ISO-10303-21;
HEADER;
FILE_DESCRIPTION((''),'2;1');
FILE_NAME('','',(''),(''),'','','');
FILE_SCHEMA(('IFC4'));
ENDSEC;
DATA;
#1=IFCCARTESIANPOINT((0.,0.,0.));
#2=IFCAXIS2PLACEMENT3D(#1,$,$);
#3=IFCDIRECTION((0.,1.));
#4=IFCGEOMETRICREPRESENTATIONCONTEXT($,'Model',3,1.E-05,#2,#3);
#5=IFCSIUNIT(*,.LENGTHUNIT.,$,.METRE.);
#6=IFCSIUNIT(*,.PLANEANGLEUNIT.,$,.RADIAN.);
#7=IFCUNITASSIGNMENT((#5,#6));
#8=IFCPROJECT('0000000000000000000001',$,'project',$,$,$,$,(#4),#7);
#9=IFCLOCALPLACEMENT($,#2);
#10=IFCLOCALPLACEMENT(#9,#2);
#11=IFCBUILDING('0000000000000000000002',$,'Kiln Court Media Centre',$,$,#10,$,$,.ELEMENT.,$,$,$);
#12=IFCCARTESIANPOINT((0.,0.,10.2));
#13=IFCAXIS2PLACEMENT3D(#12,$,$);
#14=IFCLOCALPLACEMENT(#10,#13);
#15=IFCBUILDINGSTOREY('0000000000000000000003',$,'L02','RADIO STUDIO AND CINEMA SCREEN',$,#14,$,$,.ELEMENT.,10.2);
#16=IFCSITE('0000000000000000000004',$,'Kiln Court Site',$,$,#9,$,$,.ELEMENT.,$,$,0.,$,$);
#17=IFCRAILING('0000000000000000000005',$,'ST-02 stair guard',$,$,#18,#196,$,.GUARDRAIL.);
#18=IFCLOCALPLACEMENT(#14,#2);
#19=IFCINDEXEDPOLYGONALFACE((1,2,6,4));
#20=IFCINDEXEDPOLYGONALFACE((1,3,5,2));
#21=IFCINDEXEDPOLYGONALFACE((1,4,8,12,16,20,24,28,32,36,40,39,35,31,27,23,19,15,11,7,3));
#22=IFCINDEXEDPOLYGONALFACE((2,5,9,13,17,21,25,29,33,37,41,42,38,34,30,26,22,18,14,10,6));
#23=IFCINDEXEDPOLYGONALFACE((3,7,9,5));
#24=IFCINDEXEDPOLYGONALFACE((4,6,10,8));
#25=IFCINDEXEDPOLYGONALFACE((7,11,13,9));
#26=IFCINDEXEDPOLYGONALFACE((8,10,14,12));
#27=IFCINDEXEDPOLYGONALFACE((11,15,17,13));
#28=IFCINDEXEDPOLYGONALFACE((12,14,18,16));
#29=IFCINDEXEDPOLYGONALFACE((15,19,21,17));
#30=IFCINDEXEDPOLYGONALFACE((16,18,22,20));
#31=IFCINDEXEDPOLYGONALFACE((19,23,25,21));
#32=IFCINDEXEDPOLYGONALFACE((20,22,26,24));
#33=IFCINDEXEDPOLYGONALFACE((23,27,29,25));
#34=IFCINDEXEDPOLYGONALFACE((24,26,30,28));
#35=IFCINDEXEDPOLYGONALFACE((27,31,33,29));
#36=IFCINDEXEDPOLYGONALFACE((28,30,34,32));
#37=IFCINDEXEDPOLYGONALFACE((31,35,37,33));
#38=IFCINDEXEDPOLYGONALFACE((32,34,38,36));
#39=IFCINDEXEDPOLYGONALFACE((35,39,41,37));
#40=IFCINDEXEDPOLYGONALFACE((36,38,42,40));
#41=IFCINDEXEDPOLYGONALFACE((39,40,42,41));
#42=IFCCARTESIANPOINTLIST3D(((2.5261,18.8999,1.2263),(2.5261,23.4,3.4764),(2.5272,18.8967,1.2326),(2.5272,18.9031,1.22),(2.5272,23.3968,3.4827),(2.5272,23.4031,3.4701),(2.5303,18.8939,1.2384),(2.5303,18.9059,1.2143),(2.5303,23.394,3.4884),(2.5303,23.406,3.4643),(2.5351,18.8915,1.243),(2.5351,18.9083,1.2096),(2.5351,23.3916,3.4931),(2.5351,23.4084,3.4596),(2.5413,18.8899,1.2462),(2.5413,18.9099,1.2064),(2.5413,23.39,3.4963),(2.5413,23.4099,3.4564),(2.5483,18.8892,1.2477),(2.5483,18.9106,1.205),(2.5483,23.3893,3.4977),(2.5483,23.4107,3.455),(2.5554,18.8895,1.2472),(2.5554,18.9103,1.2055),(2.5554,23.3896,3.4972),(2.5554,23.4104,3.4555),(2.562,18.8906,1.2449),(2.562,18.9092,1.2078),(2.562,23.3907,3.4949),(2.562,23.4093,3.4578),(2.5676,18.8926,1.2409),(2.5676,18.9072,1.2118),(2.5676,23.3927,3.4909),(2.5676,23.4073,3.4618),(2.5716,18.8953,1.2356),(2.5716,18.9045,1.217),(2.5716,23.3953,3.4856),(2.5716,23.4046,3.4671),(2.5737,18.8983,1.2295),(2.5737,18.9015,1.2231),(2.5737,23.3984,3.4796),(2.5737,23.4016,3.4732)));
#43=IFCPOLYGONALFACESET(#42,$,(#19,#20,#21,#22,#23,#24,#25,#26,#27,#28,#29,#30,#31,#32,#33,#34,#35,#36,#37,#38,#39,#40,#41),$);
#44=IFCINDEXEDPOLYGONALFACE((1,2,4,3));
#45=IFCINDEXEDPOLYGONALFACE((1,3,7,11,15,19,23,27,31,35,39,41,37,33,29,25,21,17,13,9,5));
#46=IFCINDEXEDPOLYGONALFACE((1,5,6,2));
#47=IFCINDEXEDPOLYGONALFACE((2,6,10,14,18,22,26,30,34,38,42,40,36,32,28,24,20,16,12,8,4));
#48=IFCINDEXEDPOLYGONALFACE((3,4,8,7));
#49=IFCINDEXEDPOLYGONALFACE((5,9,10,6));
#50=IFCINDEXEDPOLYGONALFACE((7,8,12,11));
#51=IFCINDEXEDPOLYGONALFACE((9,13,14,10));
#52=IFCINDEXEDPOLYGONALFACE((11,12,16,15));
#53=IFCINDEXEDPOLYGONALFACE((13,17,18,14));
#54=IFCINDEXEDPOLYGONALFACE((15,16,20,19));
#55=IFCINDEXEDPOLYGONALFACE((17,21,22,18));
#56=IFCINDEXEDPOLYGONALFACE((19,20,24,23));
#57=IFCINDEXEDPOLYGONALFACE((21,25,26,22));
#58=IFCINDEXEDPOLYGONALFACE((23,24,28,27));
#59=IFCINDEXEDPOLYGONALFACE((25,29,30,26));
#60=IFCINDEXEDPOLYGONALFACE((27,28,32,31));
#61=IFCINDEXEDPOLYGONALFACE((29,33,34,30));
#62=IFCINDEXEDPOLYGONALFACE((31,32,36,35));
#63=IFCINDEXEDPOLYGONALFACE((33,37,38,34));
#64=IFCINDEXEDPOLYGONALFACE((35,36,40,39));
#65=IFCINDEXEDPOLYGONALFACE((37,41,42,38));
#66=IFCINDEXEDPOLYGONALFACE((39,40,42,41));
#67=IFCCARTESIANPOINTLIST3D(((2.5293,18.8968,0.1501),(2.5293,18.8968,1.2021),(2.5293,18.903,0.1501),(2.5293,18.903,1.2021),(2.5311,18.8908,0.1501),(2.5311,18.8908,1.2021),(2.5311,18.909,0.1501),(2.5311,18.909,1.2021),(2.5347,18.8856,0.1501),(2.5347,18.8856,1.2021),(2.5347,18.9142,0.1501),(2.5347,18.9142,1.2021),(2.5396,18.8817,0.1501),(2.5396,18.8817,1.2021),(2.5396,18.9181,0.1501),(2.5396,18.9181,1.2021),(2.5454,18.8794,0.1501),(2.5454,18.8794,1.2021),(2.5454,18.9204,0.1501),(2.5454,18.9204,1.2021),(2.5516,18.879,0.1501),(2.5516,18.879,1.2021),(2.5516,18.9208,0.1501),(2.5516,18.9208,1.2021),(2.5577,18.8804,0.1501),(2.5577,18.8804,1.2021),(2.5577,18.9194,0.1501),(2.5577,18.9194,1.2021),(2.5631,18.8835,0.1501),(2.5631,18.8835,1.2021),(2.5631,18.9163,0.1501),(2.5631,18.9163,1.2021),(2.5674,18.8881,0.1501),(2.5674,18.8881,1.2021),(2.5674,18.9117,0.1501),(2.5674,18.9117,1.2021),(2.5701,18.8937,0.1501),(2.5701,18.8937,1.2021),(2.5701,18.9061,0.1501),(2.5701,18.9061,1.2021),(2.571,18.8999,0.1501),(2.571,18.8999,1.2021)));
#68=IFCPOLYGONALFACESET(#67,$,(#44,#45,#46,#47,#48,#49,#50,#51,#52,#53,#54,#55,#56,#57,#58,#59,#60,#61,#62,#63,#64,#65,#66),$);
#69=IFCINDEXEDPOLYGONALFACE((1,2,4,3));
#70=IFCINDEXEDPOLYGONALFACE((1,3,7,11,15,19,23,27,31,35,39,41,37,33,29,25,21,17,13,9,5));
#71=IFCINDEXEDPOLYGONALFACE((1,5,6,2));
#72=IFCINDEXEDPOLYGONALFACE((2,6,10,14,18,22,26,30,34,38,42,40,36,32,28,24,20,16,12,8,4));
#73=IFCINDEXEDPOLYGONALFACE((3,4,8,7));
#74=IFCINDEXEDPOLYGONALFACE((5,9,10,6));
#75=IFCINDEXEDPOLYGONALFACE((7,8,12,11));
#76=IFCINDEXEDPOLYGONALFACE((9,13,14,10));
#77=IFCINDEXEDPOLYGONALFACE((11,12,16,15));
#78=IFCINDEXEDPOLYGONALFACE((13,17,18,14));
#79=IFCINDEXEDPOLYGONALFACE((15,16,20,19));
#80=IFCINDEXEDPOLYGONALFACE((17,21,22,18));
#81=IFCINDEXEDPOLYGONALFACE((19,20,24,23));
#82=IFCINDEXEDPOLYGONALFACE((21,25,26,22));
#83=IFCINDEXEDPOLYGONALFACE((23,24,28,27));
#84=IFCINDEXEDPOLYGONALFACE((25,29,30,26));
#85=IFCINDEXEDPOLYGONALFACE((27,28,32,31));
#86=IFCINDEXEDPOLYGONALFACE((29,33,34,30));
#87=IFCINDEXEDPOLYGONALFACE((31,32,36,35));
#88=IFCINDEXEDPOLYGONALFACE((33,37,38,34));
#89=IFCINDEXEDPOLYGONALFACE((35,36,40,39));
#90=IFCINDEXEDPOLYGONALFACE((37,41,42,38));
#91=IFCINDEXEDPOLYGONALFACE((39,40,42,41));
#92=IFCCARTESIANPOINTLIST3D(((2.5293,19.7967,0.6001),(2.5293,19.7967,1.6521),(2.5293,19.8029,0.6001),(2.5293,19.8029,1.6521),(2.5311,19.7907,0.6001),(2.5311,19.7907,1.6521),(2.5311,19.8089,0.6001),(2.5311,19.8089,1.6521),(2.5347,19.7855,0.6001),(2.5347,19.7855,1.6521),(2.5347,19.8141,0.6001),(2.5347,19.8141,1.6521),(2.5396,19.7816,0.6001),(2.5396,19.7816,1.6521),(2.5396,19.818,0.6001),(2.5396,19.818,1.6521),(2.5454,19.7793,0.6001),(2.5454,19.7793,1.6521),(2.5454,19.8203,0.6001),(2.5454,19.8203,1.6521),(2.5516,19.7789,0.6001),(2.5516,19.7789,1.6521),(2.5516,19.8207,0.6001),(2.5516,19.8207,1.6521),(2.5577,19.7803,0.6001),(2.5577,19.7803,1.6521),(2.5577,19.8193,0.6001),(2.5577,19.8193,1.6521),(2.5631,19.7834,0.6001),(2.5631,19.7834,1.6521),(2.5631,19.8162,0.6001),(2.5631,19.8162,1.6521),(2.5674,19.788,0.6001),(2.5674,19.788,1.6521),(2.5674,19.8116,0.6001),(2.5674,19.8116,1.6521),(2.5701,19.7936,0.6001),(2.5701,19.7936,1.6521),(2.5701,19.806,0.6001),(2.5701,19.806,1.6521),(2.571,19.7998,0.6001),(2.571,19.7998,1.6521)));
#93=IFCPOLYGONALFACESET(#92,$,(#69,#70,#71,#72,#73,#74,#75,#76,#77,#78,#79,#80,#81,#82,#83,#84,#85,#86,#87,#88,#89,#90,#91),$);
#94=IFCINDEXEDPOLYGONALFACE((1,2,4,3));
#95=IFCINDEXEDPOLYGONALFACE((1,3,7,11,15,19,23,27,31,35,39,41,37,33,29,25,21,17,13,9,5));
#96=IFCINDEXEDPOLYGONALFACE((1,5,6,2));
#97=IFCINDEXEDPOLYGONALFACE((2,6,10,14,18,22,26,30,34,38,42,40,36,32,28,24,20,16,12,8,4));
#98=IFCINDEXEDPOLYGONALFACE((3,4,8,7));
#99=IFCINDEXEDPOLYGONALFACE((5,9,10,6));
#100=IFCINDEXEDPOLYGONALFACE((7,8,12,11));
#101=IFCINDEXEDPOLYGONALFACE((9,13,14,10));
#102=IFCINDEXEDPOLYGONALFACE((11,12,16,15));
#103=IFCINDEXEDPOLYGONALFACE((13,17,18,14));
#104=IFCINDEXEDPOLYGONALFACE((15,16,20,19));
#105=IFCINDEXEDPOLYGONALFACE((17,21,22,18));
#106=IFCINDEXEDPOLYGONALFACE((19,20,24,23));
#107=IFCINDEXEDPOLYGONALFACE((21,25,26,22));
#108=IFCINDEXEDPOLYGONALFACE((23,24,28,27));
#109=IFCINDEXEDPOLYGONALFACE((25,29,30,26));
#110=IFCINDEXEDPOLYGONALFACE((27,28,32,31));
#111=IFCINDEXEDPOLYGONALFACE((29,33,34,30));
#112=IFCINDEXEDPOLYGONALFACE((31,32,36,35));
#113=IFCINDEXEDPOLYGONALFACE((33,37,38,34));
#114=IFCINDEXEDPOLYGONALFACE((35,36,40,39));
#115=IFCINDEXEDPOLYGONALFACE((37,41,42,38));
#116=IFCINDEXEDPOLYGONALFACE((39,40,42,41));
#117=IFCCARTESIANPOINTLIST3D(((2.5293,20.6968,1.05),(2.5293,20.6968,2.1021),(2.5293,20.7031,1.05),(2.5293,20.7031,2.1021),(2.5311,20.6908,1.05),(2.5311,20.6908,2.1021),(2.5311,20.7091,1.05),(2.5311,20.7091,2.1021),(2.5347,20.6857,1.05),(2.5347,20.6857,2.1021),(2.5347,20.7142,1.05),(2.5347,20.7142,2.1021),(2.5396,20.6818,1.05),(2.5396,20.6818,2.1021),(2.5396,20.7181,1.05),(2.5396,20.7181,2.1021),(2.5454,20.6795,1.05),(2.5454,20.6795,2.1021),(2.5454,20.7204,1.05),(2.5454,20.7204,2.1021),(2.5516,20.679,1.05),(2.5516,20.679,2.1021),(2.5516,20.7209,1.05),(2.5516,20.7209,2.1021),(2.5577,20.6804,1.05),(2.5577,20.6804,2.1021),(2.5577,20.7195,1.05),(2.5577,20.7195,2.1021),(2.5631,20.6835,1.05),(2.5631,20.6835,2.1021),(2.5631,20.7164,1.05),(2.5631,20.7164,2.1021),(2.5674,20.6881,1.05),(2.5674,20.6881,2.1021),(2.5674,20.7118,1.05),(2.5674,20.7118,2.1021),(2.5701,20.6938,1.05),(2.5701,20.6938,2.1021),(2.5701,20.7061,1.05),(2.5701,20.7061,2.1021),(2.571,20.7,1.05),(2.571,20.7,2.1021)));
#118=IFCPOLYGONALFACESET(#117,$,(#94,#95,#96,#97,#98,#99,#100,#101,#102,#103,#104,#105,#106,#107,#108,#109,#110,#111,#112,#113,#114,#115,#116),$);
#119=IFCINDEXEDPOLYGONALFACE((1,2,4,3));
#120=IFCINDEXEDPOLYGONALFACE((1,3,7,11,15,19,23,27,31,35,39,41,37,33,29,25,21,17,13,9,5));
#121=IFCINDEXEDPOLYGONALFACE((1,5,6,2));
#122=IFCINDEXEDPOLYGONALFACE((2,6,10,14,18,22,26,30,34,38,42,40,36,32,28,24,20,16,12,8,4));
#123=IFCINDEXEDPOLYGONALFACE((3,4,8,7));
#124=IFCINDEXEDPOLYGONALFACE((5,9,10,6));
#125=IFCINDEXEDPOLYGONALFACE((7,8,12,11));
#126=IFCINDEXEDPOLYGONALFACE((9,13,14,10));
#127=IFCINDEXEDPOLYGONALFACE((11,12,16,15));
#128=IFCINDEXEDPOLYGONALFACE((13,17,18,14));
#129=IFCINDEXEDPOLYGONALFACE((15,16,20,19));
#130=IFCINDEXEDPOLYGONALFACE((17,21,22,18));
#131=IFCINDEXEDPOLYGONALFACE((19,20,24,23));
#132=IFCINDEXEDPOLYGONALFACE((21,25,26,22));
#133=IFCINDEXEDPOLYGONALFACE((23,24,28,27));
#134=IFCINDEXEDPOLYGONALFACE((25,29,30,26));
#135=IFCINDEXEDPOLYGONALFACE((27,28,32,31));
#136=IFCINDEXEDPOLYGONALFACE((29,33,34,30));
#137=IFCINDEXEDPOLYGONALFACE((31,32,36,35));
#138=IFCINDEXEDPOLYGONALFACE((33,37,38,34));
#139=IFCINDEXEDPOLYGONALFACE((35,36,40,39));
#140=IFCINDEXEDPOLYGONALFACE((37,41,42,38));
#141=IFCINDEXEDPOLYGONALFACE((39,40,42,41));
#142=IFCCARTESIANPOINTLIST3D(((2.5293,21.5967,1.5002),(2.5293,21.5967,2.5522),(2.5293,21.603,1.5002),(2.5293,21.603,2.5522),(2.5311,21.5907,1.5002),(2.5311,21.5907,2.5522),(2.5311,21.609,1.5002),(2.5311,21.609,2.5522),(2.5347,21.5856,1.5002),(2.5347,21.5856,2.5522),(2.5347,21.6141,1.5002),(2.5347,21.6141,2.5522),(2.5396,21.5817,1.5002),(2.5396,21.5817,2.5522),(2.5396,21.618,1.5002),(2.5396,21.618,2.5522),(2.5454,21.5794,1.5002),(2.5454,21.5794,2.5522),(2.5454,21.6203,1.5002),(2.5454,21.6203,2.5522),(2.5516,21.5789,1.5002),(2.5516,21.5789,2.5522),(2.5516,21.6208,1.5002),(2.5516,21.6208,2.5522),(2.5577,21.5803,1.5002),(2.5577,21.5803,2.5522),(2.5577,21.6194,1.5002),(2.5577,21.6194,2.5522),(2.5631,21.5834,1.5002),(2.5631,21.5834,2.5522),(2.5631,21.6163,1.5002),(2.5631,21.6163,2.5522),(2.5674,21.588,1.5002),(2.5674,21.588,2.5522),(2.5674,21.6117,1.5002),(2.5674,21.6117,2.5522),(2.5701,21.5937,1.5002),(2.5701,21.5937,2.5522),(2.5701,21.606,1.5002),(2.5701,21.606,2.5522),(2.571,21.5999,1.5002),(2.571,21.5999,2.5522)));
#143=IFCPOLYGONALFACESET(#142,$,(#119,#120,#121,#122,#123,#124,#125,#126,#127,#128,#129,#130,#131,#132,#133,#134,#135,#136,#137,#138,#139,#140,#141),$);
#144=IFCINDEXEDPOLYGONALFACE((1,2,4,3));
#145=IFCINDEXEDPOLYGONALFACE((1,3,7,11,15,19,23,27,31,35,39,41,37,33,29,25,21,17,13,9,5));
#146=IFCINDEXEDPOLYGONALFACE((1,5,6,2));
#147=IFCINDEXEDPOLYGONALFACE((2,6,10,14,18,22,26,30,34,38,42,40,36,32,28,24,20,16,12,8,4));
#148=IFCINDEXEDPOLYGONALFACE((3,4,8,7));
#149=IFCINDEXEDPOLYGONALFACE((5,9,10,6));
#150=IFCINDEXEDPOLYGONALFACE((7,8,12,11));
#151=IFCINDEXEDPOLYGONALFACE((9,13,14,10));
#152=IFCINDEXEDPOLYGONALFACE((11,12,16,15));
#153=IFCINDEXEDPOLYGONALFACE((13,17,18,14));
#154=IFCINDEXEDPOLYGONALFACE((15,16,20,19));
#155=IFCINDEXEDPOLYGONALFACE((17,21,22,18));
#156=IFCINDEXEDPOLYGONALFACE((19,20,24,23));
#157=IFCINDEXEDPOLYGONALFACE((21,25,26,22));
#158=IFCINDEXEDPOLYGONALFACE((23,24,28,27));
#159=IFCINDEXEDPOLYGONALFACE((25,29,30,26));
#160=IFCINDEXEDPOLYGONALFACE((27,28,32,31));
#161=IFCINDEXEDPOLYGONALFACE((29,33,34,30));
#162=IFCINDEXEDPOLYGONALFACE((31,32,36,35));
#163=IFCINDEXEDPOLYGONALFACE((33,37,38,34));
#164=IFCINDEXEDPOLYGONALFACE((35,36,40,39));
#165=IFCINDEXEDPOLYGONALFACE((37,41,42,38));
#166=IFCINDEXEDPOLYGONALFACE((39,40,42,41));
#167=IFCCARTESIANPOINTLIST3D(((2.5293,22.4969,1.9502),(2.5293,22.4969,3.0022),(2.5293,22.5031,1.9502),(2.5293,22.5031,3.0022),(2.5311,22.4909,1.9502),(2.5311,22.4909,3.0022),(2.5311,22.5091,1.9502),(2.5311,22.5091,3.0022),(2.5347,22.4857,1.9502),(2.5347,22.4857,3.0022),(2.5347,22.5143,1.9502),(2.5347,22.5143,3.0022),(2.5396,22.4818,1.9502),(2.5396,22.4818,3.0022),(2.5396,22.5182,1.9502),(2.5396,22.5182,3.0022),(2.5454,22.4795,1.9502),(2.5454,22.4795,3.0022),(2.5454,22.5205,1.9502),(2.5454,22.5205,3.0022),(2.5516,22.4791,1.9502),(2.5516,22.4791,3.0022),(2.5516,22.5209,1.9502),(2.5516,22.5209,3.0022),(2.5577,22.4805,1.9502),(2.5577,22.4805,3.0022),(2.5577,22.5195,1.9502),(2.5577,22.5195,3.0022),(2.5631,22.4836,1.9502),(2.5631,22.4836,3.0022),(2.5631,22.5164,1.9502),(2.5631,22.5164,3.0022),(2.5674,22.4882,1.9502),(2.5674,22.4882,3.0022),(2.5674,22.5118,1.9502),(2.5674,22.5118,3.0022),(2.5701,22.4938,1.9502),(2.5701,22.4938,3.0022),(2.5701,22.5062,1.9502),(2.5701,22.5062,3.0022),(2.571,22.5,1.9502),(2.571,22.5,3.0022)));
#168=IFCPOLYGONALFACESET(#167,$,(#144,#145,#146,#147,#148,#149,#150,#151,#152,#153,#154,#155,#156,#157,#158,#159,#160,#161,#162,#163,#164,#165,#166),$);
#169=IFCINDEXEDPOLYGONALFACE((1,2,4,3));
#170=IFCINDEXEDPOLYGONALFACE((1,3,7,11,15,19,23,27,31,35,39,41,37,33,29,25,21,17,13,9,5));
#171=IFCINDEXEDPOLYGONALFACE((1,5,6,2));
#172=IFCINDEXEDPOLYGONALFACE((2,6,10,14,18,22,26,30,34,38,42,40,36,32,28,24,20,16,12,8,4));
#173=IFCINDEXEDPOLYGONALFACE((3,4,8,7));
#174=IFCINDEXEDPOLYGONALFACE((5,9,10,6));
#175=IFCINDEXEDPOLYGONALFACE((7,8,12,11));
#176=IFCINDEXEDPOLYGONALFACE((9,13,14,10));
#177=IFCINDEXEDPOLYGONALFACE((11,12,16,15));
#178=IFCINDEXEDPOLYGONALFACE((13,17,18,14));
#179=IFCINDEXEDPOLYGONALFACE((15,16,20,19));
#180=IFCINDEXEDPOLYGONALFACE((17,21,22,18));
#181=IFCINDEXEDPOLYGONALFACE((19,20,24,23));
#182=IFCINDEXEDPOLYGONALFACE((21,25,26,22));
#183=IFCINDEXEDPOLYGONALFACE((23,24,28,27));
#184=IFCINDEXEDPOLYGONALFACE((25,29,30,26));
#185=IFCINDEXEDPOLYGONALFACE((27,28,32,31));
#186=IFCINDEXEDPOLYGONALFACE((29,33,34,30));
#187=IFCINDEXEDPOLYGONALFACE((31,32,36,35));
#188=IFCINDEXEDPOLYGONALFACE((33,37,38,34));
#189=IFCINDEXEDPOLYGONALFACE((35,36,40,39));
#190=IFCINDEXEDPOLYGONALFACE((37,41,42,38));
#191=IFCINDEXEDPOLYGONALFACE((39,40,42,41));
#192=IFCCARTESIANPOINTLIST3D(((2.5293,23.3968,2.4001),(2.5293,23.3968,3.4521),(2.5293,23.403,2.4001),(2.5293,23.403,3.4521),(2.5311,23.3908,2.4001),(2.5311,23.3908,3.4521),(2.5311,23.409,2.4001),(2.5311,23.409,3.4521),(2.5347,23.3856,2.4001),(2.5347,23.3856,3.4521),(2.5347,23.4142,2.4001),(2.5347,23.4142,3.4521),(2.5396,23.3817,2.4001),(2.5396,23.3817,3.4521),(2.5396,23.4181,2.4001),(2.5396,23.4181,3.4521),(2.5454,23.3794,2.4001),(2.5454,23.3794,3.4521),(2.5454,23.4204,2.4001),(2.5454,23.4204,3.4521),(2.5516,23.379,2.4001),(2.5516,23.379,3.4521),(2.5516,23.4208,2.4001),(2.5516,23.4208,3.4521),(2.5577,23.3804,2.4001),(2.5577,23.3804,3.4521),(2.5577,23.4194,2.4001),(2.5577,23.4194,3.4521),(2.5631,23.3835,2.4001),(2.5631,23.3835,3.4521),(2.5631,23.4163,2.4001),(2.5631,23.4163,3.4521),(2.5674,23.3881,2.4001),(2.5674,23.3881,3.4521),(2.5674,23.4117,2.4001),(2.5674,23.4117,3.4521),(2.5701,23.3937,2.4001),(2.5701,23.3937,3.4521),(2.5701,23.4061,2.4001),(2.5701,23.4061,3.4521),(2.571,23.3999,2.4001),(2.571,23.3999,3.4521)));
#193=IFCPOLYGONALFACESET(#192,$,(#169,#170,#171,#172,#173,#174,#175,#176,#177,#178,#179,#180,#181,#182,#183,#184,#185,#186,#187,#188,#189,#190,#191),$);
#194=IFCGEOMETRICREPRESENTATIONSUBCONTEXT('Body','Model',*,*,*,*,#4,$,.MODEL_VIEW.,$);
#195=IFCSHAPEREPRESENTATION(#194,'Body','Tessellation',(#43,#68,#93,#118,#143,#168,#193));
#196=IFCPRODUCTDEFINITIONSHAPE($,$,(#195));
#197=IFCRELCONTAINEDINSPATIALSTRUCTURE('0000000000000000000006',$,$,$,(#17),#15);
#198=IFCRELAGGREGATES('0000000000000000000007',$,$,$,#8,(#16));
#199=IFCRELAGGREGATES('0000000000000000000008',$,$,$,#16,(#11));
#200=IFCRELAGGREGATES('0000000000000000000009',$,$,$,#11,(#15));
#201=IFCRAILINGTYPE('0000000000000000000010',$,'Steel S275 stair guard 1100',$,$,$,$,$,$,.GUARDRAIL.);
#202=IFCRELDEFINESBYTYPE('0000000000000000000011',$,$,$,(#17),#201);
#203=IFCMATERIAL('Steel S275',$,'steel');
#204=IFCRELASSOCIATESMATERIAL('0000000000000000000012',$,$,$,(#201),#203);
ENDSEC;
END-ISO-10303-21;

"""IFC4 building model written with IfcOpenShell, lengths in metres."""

from ifc_helpers import new_model, si_unit, direction, frame, origin, origin_2d, place, context, subcontext, project, spatial, circle, extrude, material, type_object, element, save


model = new_model("IFC4")

# Units and contexts
model_context = context("Model", 3, precision=1e-05, world=origin(), true_north=direction((0.0, 1.0)))
body_context = subcontext(model_context, "Body", "Model", "MODEL_VIEW")
ifc_project = project(units=[si_unit("LENGTHUNIT", "METRE"), si_unit("PLANEANGLEUNIT", "RADIAN")], contexts=[model_context])

# Site, building, storey
site_placement = place(None, origin())
site = spatial("IfcSite", under=ifc_project, at=site_placement, Name="Kiln Court Site", CompositionType="ELEMENT", RefElevation=0.0)
building_placement = place(site_placement, origin())
building = spatial("IfcBuilding", under=site, at=building_placement, Name="Kiln Court Media Centre", CompositionType="ELEMENT")
storey_placement = place(building_placement, frame((0.0, 0.0, 10.2)))
storey = spatial("IfcBuildingStorey", under=building, at=storey_placement, Name="L02", Description="RADIO STUDIO AND CINEMA SCREEN", CompositionType="ELEMENT", Elevation=10.2)

# Railing
ifc_material_1 = material(Name="Steel S275", Category="steel")
railing_type_1 = type_object("IfcRailingType", Name="Steel S275 stair guard 1100", PredefinedType="GUARDRAIL", material=ifc_material_1)
railing_1_placement = place(storey_placement, frame((2.55, 18.8999, 0.1501)))
element("IfcRailing", 1, at=railing_1_placement, inside=storey, type_object=railing_type_1, Name="ST-02 stair guard", PredefinedType="GUARDRAIL", context=body_context, shape_type="SweptSolid", body=[
    extrude(circle(Radius=0.0239, at=origin_2d()), frame((0.0, 0.0, 1.0762), z_axis=(0.0, 0.894427, 0.447214), x_axis=(-1.0, 0.0, 0.0)), (0.0, 0.0, 1.0), 5.0312),
    extrude(circle(Radius=0.021, at=origin_2d()), origin(), (0.0, 0.0, 1.0), 1.052),
    extrude(circle(Radius=0.021, at=origin_2d()), frame((0.0, 0.8999, 0.45)), (0.0, 0.0, 1.0), 1.052),
    extrude(circle(Radius=0.021, at=origin_2d()), frame((0.0, 1.8, 0.8999)), (0.0, 0.0, 1.0), 1.052),
    extrude(circle(Radius=0.021, at=origin_2d()), frame((0.0, 2.7, 1.3501)), (0.0, 0.0, 1.0), 1.052),
    extrude(circle(Radius=0.021, at=origin_2d()), frame((0.0, 3.6001, 1.8)), (0.0, 0.0, 1.0), 1.052),
    extrude(circle(Radius=0.021, at=origin_2d()), frame((0.0, 4.5, 2.25)), (0.0, 0.0, 1.0), 1.052),
])

save(model, "model.ifc")
